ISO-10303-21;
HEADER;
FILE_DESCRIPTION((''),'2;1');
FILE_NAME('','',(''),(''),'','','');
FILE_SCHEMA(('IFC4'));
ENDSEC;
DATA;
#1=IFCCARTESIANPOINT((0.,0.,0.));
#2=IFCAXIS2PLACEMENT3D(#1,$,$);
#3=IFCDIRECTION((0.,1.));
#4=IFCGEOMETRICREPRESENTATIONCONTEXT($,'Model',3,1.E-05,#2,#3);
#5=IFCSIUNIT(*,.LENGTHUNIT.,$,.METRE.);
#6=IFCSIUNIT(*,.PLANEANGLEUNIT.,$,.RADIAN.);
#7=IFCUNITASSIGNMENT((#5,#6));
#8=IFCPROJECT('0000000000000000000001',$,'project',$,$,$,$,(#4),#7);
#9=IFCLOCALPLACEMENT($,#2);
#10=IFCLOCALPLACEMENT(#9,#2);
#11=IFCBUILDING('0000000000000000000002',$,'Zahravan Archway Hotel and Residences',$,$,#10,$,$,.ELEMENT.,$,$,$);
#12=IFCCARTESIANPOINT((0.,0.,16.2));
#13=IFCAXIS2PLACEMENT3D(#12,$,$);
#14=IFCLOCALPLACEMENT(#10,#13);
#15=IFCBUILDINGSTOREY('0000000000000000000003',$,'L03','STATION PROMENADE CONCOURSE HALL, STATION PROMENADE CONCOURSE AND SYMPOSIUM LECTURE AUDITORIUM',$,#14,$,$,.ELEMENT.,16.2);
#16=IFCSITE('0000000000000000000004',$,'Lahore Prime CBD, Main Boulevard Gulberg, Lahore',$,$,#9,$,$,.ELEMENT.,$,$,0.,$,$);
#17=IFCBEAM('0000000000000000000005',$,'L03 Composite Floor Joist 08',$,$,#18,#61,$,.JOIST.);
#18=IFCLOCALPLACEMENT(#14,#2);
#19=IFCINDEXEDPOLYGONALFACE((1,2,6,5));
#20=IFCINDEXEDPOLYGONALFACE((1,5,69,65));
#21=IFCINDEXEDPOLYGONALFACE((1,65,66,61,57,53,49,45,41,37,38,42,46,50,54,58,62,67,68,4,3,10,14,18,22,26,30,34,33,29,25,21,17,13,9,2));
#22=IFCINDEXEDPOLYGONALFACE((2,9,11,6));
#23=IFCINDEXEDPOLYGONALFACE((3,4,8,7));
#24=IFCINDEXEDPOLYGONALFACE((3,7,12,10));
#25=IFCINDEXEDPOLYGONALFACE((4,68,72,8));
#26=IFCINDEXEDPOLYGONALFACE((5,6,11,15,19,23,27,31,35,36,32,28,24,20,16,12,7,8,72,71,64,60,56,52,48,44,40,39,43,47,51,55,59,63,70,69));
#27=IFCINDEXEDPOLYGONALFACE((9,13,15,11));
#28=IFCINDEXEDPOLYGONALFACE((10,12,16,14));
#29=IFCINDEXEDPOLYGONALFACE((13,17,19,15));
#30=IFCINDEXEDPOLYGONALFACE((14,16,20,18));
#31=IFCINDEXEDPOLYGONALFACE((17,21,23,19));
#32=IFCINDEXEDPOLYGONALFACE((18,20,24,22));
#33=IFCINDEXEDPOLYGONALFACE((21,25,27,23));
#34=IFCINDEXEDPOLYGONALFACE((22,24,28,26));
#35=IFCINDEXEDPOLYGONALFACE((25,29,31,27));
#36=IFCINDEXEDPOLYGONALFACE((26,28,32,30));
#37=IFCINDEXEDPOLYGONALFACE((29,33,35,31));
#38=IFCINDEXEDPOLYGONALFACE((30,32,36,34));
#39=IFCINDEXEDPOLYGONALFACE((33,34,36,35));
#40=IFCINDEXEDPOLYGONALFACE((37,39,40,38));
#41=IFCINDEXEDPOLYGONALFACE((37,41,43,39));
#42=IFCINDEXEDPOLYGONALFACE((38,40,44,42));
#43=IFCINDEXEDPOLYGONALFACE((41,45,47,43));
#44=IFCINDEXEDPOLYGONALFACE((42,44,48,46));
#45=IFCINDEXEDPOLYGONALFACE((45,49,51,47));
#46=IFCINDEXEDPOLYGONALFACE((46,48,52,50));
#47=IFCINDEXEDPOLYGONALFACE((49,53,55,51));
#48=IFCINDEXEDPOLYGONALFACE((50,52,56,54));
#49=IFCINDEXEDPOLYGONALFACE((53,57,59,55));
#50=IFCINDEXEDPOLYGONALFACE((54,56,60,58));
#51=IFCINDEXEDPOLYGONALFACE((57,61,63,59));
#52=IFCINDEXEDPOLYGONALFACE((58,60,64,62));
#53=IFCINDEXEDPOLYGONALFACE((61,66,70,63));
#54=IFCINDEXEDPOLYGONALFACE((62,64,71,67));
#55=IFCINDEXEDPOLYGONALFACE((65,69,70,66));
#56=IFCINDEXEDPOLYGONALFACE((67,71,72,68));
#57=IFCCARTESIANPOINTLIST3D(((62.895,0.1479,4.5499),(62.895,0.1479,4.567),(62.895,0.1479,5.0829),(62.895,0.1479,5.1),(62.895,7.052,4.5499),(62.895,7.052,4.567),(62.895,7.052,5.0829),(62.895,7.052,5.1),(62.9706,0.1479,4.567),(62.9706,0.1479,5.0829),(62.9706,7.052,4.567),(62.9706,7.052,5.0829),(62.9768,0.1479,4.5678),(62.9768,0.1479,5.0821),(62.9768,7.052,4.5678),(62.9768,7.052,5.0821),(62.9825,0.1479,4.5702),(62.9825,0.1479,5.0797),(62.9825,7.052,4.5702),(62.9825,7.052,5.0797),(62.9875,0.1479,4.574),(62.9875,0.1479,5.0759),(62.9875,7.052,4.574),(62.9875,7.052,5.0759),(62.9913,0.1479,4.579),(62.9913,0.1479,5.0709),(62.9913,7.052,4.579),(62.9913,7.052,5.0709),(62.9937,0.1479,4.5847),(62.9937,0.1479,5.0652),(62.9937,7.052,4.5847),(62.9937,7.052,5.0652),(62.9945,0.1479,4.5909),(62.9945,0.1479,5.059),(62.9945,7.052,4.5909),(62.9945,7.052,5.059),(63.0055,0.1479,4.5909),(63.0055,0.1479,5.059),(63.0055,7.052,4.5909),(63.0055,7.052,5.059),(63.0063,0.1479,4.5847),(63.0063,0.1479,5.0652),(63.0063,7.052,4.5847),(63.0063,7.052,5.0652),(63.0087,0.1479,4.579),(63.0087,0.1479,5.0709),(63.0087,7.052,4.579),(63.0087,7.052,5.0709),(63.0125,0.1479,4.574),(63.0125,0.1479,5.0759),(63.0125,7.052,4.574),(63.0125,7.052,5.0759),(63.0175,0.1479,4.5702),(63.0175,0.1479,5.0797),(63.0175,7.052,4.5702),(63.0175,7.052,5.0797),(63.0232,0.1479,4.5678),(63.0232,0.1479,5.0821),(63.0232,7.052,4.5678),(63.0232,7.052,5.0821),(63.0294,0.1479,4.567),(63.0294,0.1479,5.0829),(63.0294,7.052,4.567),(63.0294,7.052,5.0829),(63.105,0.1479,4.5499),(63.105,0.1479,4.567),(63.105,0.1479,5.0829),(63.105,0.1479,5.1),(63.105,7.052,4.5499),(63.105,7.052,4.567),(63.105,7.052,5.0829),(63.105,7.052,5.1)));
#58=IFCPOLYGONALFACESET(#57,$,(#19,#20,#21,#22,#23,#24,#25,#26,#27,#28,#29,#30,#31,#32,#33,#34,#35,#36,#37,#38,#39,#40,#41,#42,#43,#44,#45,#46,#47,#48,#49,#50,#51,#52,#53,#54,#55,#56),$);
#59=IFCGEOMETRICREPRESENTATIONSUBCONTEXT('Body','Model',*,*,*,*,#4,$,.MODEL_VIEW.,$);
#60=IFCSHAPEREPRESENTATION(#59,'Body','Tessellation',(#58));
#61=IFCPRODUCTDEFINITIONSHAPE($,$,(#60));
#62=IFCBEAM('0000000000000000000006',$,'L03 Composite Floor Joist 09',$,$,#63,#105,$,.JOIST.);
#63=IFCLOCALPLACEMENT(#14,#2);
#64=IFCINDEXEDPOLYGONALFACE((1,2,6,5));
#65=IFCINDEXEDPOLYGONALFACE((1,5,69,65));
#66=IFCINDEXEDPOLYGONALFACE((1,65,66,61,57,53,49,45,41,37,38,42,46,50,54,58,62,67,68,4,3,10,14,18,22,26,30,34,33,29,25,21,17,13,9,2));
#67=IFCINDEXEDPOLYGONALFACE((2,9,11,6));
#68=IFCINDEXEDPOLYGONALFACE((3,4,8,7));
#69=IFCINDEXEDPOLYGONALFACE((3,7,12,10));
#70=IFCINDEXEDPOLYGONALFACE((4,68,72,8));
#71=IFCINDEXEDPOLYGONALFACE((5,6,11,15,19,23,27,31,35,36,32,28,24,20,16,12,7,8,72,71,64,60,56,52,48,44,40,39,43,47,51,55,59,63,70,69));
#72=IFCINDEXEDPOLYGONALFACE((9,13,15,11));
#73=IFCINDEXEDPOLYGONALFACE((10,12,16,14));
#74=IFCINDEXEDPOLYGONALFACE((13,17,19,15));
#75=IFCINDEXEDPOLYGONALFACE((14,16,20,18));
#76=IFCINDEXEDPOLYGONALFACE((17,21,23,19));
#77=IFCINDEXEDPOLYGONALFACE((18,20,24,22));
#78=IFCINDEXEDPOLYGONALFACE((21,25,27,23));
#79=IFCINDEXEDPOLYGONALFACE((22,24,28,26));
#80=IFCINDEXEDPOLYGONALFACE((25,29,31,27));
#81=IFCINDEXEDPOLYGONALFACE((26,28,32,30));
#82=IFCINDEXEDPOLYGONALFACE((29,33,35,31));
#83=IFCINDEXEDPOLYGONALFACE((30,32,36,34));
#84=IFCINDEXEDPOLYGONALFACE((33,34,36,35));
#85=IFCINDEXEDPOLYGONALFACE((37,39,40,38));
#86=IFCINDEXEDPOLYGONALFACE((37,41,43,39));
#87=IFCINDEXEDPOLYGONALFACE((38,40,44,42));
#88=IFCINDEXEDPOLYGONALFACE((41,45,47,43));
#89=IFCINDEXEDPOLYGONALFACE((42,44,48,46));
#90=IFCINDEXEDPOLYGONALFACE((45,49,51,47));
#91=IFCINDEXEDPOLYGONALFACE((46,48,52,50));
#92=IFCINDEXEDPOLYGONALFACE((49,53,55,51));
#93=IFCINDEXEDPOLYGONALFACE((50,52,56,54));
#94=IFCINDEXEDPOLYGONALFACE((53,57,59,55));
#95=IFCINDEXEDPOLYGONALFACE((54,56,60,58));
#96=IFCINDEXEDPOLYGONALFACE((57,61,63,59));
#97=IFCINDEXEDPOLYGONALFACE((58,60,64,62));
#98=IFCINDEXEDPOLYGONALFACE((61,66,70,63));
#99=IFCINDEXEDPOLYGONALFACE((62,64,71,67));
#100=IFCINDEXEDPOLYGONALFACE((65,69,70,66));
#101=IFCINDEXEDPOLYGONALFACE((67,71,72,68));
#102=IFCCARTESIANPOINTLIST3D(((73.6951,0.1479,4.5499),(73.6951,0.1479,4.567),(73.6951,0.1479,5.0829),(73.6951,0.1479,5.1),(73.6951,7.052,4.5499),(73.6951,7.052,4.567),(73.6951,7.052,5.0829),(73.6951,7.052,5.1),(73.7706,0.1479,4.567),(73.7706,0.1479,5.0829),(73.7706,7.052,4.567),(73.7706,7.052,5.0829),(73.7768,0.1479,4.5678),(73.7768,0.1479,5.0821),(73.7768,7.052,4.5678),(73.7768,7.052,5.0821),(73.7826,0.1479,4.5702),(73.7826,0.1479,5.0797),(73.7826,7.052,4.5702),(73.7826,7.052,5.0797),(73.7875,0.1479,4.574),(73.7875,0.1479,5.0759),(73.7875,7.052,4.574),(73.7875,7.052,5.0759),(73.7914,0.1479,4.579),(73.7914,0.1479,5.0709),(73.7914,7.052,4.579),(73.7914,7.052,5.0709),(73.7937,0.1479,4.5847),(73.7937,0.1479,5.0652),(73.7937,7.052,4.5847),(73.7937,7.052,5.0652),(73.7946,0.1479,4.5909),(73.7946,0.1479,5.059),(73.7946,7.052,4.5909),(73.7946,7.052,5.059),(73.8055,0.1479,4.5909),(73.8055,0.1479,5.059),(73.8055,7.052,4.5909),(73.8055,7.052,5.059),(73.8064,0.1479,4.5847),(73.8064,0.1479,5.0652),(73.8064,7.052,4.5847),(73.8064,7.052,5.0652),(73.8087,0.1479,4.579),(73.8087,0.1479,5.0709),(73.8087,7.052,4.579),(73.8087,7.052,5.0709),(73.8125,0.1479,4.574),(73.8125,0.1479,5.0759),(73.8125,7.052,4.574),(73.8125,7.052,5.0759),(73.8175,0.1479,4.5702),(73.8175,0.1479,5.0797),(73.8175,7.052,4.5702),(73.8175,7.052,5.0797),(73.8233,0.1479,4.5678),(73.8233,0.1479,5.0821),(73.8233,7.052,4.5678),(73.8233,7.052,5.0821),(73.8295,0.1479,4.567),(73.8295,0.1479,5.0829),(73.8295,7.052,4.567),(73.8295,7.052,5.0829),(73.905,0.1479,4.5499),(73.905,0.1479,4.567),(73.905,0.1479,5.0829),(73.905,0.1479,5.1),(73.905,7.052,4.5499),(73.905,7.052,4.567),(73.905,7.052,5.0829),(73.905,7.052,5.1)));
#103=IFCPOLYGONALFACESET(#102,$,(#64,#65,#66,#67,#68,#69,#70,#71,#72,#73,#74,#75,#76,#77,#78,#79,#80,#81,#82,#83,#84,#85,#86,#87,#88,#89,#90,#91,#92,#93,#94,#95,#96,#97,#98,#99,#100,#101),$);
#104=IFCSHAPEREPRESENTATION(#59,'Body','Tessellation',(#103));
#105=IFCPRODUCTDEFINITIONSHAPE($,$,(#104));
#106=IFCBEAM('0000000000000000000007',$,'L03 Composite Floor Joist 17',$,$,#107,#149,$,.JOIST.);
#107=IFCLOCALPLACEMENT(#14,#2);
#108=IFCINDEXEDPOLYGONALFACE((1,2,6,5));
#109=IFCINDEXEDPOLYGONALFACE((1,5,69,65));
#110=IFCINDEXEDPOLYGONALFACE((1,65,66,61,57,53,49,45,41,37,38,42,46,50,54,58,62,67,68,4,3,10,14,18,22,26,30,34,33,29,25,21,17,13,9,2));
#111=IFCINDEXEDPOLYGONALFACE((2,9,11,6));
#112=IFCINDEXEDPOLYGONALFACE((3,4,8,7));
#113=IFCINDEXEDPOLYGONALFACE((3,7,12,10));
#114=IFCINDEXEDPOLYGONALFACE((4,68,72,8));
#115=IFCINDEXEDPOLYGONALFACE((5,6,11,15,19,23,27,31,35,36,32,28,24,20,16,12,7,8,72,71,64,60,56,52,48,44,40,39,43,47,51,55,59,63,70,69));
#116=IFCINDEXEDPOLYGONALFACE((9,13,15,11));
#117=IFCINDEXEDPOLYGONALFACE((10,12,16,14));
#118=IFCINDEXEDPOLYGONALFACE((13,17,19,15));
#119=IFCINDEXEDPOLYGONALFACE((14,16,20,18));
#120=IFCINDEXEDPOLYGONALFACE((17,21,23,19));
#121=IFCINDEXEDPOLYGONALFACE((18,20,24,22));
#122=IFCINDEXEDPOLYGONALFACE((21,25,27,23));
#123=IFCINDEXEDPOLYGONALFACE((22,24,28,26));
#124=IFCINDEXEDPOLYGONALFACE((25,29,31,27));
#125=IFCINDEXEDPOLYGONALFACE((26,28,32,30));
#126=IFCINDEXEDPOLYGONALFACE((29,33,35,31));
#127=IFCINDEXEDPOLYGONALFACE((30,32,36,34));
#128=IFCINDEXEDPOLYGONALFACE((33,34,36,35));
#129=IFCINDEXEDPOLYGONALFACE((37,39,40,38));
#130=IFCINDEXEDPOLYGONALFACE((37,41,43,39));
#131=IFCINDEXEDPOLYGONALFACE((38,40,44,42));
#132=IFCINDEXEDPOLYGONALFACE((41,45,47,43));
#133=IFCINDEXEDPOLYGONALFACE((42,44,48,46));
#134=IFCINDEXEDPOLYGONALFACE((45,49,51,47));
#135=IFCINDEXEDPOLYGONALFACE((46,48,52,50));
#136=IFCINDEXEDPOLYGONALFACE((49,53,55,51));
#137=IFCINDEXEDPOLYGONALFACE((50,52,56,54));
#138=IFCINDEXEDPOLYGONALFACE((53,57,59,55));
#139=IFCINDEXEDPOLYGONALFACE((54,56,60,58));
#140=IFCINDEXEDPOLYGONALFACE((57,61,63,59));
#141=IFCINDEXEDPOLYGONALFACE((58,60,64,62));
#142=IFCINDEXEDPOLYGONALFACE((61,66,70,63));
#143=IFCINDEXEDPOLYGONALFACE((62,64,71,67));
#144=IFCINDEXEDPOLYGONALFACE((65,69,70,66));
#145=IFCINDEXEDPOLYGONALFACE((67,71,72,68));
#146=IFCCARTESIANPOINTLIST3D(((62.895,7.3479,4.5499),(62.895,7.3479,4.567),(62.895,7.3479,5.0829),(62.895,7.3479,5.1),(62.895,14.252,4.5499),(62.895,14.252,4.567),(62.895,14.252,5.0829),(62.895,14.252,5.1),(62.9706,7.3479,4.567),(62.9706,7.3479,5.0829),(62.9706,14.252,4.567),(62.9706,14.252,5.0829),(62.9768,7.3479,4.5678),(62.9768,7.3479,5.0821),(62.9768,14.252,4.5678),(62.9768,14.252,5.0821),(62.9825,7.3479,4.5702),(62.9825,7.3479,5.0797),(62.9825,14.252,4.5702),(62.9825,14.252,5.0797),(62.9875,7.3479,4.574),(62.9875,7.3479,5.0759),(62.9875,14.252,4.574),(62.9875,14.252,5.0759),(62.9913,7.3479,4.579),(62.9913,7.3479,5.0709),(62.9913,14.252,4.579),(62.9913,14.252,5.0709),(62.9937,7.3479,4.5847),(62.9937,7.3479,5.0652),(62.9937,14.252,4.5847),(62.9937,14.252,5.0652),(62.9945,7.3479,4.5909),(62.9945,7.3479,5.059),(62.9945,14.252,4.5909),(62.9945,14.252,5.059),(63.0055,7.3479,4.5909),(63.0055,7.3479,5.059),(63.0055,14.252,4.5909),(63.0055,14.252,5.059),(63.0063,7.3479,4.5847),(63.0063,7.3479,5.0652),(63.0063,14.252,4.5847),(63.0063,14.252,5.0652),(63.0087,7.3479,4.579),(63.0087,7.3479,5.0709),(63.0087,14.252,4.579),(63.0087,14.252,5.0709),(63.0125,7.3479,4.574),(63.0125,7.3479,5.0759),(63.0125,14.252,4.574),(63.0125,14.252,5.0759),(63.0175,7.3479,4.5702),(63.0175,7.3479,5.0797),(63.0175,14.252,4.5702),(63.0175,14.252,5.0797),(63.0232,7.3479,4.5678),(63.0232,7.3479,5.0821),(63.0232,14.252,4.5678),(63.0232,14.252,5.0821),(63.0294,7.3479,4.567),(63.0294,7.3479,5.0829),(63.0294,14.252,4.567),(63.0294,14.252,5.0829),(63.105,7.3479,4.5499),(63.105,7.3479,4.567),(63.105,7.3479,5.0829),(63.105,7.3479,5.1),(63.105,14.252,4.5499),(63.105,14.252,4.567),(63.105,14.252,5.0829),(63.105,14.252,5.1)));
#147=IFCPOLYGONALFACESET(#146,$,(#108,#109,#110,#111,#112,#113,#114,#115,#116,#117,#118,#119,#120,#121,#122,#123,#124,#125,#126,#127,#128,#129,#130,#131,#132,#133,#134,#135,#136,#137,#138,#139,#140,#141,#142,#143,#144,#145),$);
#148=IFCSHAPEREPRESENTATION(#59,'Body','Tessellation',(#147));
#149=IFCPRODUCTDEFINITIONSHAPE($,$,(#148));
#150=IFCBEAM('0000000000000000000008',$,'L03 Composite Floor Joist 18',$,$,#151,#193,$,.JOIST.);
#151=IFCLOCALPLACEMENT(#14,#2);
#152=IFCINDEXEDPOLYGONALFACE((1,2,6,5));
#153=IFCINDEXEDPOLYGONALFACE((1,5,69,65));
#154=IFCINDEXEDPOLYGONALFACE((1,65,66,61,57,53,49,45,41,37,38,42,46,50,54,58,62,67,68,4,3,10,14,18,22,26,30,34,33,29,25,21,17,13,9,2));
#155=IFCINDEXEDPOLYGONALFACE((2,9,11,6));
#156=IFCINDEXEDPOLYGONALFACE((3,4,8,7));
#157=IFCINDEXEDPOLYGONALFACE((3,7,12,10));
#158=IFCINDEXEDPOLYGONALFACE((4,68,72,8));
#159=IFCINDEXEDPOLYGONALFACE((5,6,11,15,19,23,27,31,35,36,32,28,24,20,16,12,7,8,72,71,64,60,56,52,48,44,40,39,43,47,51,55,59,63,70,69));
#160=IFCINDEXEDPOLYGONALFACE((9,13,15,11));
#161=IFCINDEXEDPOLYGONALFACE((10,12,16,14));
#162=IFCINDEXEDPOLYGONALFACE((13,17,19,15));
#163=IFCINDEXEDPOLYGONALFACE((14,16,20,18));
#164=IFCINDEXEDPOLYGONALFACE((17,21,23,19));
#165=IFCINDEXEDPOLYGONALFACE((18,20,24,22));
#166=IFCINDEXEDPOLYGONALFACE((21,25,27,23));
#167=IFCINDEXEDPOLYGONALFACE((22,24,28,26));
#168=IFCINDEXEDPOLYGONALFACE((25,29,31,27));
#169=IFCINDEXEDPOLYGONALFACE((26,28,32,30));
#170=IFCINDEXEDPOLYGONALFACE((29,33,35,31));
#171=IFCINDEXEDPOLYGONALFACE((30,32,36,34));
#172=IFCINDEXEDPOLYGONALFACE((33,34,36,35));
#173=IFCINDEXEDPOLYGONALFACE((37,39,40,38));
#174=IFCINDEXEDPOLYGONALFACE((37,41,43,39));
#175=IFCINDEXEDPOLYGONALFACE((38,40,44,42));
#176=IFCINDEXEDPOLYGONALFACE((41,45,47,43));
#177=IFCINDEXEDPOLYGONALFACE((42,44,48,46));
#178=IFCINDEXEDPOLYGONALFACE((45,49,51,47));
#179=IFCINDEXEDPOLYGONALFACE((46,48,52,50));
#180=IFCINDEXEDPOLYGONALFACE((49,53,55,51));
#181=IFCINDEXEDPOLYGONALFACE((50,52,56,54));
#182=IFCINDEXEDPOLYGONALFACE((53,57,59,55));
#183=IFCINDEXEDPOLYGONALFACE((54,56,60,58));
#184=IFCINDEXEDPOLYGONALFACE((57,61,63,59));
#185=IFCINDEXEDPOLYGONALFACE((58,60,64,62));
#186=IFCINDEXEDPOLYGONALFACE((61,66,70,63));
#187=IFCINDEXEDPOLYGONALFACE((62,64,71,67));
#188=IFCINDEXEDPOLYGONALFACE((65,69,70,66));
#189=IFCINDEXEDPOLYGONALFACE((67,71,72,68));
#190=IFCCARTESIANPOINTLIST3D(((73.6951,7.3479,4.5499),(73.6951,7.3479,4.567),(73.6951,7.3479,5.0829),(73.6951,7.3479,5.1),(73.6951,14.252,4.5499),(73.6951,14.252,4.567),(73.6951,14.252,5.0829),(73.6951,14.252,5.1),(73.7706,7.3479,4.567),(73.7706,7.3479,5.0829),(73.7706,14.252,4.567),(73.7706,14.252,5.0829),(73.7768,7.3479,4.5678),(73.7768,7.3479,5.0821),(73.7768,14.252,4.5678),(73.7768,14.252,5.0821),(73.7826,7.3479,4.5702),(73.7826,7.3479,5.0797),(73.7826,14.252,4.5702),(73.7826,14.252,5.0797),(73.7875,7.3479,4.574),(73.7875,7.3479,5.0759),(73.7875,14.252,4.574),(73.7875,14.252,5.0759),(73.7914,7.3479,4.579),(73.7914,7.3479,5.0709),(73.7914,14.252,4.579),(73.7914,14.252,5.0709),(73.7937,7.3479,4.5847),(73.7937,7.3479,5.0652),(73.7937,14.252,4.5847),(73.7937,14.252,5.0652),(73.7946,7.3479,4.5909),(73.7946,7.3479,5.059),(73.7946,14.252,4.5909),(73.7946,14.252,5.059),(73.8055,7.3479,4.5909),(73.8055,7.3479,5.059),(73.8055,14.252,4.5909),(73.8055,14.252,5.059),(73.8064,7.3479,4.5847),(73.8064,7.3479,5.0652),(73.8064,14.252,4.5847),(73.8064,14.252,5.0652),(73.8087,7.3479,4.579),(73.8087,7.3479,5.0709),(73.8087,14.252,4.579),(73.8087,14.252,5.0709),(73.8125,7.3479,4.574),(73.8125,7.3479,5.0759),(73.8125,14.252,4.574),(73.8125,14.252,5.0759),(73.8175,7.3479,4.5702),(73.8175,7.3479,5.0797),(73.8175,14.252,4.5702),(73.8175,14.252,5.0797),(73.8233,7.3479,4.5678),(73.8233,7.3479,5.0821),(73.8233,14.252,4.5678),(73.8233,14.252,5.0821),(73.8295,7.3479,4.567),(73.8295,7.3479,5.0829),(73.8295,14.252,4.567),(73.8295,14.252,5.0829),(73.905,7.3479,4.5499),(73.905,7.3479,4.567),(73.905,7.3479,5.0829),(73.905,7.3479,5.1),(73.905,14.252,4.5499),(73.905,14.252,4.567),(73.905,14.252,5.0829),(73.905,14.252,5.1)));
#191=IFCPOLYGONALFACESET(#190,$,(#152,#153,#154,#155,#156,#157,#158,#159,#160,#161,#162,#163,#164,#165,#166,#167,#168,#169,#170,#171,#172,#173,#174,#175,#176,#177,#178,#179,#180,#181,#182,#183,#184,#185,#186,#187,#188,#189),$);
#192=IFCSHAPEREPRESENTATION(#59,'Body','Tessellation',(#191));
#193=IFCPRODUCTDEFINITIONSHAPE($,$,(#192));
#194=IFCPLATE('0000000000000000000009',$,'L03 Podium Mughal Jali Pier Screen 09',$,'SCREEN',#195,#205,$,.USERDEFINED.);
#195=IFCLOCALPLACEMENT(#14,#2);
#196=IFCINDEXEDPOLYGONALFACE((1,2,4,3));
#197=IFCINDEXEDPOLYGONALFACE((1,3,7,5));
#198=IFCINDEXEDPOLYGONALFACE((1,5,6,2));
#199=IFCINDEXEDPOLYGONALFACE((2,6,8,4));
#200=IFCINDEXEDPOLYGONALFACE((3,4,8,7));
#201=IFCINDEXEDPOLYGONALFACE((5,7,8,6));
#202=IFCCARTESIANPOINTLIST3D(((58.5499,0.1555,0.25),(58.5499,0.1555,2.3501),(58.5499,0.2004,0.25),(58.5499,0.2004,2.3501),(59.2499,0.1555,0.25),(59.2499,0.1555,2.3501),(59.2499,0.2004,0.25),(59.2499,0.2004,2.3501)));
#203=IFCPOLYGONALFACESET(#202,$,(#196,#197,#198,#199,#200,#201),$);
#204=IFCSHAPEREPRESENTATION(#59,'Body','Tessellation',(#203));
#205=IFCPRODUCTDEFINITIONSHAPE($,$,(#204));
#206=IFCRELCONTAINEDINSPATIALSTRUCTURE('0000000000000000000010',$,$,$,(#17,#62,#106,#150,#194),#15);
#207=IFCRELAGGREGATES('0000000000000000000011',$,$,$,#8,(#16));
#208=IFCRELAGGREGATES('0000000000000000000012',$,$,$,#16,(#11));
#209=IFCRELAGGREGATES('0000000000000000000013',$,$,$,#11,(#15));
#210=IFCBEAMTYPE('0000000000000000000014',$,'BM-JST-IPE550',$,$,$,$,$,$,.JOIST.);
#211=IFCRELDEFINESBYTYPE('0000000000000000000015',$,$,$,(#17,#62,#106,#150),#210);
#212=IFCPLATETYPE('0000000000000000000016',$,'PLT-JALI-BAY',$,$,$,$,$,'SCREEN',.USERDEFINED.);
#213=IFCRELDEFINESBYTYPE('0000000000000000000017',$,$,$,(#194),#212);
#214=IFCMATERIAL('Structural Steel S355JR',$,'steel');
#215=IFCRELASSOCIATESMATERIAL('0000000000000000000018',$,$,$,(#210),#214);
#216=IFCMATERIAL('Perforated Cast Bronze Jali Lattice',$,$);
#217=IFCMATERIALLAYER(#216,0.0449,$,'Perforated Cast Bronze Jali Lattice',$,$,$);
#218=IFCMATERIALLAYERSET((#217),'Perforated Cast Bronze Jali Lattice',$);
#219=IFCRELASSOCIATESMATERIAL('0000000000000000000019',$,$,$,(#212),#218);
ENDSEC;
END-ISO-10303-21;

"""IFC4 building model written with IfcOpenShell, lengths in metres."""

from ifc_helpers import new_model, si_unit, direction, frame, origin, origin_2d, place, context, subcontext, project, spatial, rectangle, i_section, extrude, source, transform, mapped, material, layer, layer_set, material_profile, profile_set, type_object, type_shapes, element, save


model = new_model("IFC4")

# Units and contexts
model_context = context("Model", 3, precision=1e-05, world=origin(), true_north=direction((0.0, 1.0)))
body_context = subcontext(model_context, "Body", "Model", "MODEL_VIEW")
ifc_project = project(units=[si_unit("LENGTHUNIT", "METRE"), si_unit("PLANEANGLEUNIT", "RADIAN")], contexts=[model_context])

# Site, building, storey
site_placement = place(None, origin())
site = spatial("IfcSite", under=ifc_project, at=site_placement, Name="Lahore Prime CBD, Main Boulevard Gulberg, Lahore", CompositionType="ELEMENT", RefElevation=0.0)
building_placement = place(site_placement, origin())
building = spatial("IfcBuilding", under=site, at=building_placement, Name="Zahravan Archway Hotel and Residences", CompositionType="ELEMENT")
storey_placement = place(building_placement, frame((0.0, 0.0, 16.2)))
storey = spatial("IfcBuildingStorey", under=building, at=storey_placement, Name="L03", Description="STATION PROMENADE CONCOURSE HALL, STATION PROMENADE CONCOURSE AND SYMPOSIUM LECTURE AUDITORIUM", CompositionType="ELEMENT", Elevation=16.2)

# Beams
ifc_material_1 = material(Name="Structural Steel S355JR", Category="steel")
ifc_material_profile_1 = material_profile(ifc_material_1, i_section(OverallWidth=0.21, OverallDepth=0.55, WebThickness=0.011, FlangeThickness=0.0171, FilletRadius=0.0239, at=origin_2d()), Name="IPE 550", Category="steel")
ifc_profile_set_1 = profile_set([ifc_material_profile_1], Name="Structural Steel S355JR")
beam_type_1 = type_object("IfcBeamType", Name="BM-JST-IPE550", PredefinedType="JOIST", material=ifc_profile_set_1)
shared_shape_1 = source(origin(), body_context, "Body", "SweptSolid", [
    extrude(i_section(OverallWidth=0.21, OverallDepth=0.55, WebThickness=0.011, FlangeThickness=0.0171, FilletRadius=0.0239, at=origin_2d()), origin(), (0.0, 0.0, 1.0), 6.9041),
])
type_shapes(beam_type_1, [shared_shape_1])
for number, where, z_axis, x_axis, name in (
    (1, (63.0, 0.1479, 4.825), (0.0, 1.0, 0.0), (-1.0, 0.0, 0.0), "L03 Composite Floor Joist 08"),
    (2, (73.8, 0.1479, 4.825), (0.0, 1.0, 0.0), (-1.0, 0.0, 0.0), "L03 Composite Floor Joist 09"),
    (3, (63.0, 7.3479, 4.825), (0.0, 1.0, 0.0), (-1.0, 0.0, 0.0), "L03 Composite Floor Joist 17"),
    (4, (73.8, 7.3479, 4.825), (0.0, 1.0, 0.0), (-1.0, 0.0, 0.0), "L03 Composite Floor Joist 18"),
):
    element("IfcBeam", number, at=place(storey_placement, frame(where, z_axis=z_axis, x_axis=x_axis)), inside=storey, type_object=beam_type_1, Name=name, PredefinedType="JOIST", context=body_context, shape_type="MappedRepresentation", body=[
        mapped(shared_shape_1, transform((0.0, 0.0, 0.0), scale=1.0)),
    ])

# Plate
ifc_material_2 = material(Name="Perforated Cast Bronze Jali Lattice")
ifc_layer_1 = layer(ifc_material_2, 0.0449, Name="Perforated Cast Bronze Jali Lattice")
ifc_layer_set_1 = layer_set([ifc_layer_1], Name="Perforated Cast Bronze Jali Lattice")
plate_type = type_object("IfcPlateType", Name="PLT-JALI-BAY", ElementType="SCREEN", PredefinedType="USERDEFINED", material=ifc_layer_set_1)
shared_shape_2 = source(origin(), body_context, "Body", "SweptSolid", [
    extrude(rectangle(XDim=0.7, YDim=0.0449, at=origin_2d()), origin(), (0.0, 0.0, 1.0), 2.1001),
])
type_shapes(plate_type, [shared_shape_2])
for number, where, z_axis, x_axis, name in (
    (5, (58.8999, 0.178, 0.25), (0.0, 0.0, 1.0), (1.0, 0.0, 0.0), "L03 Podium Mughal Jali Pier Screen 09"),
):
    element("IfcPlate", number, at=place(storey_placement, frame(where, z_axis=z_axis, x_axis=x_axis)), inside=storey, type_object=plate_type, Name=name, ObjectType="SCREEN", PredefinedType="USERDEFINED", context=body_context, shape_type="MappedRepresentation", body=[
        mapped(shared_shape_2, transform((0.0, 0.0, 0.0), scale=1.0)),
    ])

save(model, "model.ifc")
